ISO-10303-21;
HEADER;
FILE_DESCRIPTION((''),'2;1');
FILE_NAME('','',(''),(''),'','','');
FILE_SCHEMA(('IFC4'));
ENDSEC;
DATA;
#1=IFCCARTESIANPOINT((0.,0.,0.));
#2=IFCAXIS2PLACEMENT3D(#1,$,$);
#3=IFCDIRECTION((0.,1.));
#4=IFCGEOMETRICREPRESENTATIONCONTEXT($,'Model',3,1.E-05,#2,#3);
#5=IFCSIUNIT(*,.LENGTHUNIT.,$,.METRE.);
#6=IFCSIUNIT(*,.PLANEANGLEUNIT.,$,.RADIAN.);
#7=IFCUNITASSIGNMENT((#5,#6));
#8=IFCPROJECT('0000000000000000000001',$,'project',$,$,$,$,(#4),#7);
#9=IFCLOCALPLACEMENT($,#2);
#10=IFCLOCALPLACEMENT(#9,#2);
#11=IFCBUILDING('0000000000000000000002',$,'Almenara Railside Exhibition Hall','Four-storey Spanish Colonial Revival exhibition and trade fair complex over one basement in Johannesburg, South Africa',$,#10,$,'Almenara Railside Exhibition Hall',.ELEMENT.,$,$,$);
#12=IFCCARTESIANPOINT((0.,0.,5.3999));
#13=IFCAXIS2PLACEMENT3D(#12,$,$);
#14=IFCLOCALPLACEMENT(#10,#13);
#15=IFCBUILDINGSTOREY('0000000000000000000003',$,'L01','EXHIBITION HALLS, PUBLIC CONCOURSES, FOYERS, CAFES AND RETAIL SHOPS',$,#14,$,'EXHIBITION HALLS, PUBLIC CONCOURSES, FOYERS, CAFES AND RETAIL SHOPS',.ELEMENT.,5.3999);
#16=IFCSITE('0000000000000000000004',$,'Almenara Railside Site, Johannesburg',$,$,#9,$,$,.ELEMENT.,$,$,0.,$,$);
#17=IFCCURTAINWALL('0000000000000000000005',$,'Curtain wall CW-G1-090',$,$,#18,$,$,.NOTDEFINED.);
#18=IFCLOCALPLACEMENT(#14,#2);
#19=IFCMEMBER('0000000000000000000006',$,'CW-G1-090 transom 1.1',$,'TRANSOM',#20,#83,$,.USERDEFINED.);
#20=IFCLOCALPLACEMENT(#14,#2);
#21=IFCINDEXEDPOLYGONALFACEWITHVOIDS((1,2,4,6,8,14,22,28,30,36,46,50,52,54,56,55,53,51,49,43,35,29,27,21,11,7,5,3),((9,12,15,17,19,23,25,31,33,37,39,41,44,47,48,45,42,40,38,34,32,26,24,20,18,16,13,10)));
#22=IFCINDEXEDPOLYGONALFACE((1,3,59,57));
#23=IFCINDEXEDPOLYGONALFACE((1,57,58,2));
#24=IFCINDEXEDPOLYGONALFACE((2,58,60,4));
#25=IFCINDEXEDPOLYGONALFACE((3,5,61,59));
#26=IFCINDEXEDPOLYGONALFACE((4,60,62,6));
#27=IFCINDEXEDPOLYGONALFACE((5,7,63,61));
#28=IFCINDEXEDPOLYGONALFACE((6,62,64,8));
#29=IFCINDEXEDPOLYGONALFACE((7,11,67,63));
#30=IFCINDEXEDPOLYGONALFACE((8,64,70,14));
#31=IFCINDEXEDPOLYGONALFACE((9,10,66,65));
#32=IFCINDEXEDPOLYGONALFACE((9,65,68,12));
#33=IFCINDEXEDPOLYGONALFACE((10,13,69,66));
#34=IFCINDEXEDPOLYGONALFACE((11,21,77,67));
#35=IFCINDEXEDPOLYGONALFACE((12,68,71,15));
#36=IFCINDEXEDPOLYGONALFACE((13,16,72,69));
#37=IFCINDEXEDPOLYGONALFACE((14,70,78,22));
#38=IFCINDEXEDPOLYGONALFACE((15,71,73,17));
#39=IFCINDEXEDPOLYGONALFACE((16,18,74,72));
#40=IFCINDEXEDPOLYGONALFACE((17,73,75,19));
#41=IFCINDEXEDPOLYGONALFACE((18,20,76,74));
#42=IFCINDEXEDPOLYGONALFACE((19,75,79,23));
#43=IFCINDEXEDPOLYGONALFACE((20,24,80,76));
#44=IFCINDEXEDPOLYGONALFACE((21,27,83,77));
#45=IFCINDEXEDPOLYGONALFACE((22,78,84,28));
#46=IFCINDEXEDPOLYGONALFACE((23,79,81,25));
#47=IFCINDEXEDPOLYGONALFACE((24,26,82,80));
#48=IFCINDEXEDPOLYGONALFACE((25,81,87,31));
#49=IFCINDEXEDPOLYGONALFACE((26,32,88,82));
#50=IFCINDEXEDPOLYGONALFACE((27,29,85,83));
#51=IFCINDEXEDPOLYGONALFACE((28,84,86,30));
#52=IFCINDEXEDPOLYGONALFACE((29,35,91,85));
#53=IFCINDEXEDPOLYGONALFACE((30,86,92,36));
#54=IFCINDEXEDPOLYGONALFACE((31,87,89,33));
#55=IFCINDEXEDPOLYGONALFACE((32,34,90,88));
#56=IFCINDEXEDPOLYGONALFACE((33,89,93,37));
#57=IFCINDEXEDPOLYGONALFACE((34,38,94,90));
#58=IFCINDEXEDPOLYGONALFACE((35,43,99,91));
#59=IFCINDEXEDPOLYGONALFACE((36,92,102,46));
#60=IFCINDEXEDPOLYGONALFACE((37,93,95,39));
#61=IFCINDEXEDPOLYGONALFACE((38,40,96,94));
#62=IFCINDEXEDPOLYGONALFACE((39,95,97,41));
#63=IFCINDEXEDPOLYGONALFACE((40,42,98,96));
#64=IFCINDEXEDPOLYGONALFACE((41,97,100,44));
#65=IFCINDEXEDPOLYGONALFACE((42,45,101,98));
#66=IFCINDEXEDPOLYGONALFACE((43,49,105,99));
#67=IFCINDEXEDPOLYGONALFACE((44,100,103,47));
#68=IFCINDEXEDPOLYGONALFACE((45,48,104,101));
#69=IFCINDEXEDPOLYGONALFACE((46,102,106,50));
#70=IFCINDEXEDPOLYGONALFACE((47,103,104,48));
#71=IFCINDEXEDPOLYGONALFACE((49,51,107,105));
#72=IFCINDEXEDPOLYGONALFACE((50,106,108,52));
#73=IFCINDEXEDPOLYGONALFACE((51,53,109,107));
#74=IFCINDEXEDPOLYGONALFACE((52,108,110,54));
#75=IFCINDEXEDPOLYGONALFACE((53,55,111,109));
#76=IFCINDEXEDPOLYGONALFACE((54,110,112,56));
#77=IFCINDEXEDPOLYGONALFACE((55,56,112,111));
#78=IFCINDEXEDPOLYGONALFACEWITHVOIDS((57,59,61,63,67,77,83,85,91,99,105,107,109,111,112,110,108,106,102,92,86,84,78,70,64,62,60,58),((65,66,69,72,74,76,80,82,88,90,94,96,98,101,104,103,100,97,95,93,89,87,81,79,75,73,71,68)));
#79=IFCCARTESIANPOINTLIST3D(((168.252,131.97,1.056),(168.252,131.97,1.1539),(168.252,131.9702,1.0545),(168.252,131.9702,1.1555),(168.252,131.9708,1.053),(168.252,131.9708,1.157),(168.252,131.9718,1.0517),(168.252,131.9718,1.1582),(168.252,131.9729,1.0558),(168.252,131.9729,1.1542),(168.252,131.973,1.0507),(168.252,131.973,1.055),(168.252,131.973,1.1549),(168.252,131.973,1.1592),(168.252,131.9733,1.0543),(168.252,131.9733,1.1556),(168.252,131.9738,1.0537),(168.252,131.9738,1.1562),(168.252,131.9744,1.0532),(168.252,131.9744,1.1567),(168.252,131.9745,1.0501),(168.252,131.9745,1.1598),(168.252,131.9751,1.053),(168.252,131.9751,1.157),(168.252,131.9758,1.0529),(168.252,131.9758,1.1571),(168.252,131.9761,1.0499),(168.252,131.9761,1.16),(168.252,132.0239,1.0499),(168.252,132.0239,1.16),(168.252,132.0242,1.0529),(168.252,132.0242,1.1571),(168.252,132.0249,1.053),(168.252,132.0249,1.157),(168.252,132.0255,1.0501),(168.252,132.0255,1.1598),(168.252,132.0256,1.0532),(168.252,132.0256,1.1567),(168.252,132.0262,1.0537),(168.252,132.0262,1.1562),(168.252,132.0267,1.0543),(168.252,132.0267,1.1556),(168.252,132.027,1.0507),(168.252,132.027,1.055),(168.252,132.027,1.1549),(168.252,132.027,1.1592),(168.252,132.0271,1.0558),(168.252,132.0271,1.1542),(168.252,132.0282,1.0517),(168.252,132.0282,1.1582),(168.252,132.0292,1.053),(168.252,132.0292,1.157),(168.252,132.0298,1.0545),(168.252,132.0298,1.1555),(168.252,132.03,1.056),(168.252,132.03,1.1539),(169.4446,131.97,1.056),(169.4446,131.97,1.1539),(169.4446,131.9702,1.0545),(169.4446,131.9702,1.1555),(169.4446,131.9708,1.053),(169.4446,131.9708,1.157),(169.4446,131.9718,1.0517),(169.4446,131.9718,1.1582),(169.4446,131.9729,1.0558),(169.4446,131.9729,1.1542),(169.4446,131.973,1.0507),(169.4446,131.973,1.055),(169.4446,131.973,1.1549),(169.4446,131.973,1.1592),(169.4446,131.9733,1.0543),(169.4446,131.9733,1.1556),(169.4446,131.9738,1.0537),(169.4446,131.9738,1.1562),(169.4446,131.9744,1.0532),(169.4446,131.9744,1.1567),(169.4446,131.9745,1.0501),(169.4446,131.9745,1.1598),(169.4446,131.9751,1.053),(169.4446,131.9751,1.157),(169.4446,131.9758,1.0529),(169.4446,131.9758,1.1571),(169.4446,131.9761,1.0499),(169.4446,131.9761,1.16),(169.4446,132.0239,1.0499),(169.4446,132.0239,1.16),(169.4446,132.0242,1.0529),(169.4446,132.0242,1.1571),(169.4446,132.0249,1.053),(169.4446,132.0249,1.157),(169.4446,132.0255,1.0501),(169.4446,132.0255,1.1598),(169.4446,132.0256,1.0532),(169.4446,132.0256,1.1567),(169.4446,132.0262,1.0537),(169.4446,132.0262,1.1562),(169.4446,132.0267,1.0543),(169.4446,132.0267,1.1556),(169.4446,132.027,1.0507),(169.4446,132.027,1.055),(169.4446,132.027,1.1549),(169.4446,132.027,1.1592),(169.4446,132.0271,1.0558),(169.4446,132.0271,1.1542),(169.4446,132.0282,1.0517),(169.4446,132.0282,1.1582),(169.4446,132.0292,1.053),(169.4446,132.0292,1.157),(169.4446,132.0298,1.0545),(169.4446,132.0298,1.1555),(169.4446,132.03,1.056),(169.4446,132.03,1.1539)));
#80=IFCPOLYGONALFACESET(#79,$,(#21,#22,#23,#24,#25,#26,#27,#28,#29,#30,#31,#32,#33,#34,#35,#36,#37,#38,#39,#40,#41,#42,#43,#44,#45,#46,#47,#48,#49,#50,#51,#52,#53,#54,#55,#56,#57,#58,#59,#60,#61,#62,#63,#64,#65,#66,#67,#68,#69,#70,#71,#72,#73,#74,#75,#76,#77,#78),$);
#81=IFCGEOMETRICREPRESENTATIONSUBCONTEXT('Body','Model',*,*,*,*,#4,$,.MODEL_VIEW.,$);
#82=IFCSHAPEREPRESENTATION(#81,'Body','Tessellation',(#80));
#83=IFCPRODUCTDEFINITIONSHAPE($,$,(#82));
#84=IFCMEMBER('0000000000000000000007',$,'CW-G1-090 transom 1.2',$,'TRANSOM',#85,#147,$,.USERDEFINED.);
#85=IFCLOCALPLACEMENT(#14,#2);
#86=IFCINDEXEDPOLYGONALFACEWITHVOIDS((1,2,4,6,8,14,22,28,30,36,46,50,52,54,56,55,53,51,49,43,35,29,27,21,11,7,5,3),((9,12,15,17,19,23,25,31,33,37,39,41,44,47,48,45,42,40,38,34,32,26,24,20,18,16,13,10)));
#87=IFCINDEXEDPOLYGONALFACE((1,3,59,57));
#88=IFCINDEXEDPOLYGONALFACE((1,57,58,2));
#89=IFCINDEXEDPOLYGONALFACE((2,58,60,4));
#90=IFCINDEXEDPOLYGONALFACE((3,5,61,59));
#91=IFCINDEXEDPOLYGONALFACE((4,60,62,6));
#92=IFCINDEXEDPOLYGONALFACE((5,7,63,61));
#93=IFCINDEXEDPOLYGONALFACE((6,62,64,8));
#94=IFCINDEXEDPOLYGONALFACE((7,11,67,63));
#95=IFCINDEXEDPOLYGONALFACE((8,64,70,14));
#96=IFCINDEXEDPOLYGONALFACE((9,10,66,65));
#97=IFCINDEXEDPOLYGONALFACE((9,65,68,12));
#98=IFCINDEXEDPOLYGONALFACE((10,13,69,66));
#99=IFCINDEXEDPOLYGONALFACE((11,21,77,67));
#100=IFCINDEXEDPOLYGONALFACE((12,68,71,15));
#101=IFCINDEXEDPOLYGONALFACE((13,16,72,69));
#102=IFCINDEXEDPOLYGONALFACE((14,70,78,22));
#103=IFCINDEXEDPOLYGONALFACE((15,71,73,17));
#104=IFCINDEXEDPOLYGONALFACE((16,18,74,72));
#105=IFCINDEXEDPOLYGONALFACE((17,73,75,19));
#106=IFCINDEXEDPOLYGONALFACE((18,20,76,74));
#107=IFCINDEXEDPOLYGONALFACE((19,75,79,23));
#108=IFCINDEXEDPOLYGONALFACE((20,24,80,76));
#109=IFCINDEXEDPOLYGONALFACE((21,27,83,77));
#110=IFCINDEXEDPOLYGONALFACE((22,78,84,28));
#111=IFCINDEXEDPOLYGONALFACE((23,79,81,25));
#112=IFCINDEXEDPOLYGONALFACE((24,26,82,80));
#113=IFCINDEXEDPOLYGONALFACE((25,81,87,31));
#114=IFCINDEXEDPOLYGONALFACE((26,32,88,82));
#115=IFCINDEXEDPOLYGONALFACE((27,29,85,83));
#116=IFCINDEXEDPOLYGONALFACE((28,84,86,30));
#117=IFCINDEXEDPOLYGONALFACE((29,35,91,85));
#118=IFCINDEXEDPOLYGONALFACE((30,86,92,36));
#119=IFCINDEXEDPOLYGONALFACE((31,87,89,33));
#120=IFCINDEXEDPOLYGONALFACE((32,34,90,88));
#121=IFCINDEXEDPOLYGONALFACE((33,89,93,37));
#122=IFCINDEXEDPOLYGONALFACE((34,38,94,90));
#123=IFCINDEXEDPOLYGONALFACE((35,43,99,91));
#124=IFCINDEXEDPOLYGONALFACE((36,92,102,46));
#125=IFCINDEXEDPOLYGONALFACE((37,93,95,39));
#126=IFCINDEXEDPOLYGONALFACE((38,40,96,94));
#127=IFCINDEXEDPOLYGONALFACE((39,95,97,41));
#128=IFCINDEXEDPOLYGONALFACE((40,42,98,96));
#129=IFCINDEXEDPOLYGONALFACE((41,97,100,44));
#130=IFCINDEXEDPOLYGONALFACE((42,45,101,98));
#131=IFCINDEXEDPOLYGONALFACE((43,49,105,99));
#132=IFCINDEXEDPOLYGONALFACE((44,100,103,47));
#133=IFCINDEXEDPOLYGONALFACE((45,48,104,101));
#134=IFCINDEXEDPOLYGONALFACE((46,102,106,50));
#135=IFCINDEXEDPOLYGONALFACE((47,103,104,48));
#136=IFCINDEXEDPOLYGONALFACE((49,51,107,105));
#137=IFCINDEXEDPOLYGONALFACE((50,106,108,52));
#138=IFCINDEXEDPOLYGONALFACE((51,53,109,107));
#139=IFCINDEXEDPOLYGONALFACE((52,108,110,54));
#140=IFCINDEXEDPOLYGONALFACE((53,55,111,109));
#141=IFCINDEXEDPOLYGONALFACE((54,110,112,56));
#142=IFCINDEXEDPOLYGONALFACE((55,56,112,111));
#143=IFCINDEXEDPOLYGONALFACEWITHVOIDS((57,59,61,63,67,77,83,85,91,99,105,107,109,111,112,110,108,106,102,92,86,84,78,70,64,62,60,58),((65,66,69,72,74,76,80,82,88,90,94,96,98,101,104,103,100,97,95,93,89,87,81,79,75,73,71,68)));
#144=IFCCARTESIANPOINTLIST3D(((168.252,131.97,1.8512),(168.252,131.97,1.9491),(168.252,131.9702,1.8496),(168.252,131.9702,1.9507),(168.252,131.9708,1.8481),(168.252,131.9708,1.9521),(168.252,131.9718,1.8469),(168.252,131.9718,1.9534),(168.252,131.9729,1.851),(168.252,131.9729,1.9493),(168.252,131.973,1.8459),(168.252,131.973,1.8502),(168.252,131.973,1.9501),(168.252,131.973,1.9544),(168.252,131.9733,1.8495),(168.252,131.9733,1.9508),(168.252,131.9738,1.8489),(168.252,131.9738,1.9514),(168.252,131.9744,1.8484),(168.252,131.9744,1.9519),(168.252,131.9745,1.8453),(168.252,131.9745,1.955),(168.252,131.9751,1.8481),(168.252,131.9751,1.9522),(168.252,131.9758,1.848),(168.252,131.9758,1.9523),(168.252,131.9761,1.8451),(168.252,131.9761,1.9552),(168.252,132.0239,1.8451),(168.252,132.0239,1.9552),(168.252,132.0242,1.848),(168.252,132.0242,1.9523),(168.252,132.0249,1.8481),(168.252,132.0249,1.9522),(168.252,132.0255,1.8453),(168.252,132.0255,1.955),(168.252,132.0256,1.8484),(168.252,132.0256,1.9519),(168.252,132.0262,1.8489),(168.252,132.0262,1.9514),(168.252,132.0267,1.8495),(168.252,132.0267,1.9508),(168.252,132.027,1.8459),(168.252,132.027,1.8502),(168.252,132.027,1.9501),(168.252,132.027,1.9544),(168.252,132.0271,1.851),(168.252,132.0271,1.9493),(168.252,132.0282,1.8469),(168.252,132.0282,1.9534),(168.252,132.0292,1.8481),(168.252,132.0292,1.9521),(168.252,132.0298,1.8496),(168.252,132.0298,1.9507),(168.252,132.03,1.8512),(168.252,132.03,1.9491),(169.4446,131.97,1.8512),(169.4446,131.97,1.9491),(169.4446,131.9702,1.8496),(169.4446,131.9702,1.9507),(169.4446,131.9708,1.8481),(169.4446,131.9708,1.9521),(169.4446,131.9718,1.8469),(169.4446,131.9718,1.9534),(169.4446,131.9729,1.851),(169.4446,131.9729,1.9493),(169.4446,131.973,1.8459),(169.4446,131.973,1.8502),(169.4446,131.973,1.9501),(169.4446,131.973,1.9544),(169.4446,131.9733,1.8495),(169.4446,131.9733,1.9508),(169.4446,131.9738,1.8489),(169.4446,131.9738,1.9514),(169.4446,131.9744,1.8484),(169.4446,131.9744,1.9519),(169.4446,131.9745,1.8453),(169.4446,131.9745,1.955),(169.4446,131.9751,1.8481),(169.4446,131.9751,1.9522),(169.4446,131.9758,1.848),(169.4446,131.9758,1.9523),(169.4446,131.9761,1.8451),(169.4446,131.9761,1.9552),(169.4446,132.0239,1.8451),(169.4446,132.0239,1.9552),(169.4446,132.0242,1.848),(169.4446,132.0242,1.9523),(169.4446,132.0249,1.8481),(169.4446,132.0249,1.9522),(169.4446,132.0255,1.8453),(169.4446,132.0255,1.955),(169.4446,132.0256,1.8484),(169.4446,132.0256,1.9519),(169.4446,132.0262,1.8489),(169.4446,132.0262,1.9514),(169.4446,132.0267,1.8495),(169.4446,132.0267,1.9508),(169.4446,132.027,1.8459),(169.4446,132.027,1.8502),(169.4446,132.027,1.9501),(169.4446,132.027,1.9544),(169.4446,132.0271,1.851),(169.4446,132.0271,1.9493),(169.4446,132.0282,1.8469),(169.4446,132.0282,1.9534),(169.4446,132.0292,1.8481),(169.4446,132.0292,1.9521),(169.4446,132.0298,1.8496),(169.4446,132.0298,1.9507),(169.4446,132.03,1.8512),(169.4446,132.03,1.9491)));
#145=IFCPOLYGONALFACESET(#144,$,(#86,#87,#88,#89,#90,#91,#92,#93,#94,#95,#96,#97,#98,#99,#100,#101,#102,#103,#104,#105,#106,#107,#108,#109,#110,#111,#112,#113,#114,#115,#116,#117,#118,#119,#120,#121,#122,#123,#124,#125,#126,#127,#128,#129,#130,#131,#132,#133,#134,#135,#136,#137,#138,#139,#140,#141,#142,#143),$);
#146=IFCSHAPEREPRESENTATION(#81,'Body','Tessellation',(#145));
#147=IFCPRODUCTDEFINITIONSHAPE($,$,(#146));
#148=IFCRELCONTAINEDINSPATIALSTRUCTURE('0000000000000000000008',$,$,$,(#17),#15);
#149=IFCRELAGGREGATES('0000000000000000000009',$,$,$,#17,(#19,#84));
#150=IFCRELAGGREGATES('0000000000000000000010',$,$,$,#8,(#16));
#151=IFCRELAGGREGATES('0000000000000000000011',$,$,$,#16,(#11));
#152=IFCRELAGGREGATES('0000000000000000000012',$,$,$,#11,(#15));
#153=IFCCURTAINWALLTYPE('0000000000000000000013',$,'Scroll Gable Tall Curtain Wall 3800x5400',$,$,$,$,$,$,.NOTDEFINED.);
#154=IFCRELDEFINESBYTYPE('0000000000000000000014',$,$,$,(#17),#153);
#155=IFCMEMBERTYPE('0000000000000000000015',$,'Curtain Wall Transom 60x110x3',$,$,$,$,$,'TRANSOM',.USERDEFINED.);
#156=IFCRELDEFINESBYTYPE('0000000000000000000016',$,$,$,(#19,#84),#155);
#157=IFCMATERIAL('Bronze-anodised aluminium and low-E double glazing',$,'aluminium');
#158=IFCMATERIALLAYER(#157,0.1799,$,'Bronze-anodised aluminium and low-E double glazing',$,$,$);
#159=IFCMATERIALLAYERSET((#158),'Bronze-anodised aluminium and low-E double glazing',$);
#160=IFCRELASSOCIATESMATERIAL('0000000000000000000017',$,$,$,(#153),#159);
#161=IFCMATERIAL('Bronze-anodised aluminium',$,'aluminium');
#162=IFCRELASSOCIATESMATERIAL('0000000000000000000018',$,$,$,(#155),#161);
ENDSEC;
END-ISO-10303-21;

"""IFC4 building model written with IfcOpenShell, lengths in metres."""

from ifc_helpers import new_model, si_unit, direction, frame, origin, origin_2d, place, context, subcontext, project, spatial, hollow_rectangle, extrude, material, layer, layer_set, material_profile, profile_set, type_object, element, aggregate, save


model = new_model("IFC4")

# Units and contexts
model_context = context("Model", 3, precision=1e-05, world=origin(), true_north=direction((0.0, 1.0)))
body_context = subcontext(model_context, "Body", "Model", "MODEL_VIEW")
ifc_project = project(units=[si_unit("LENGTHUNIT", "METRE"), si_unit("PLANEANGLEUNIT", "RADIAN")], contexts=[model_context])

# Site, building, storey
site_placement = place(None, origin())
site = spatial("IfcSite", under=ifc_project, at=site_placement, Name="Almenara Railside Site, Johannesburg", CompositionType="ELEMENT", RefElevation=0.0)
building_placement = place(site_placement, origin())
building = spatial("IfcBuilding", under=site, at=building_placement, Name="Almenara Railside Exhibition Hall", Description="Four-storey Spanish Colonial Revival exhibition and trade fair complex over one basement in Johannesburg, South Africa", LongName="Almenara Railside Exhibition Hall", CompositionType="ELEMENT")
storey_placement = place(building_placement, frame((0.0, 0.0, 5.3999)))
storey = spatial("IfcBuildingStorey", under=building, at=storey_placement, Name="L01", Description="EXHIBITION HALLS, PUBLIC CONCOURSES, FOYERS, CAFES AND RETAIL SHOPS", LongName="EXHIBITION HALLS, PUBLIC CONCOURSES, FOYERS, CAFES AND RETAIL SHOPS", CompositionType="ELEMENT", Elevation=5.3999)

# Curtain wall
ifc_material_1 = material(Name="Bronze-anodised aluminium and low-E double glazing", Category="aluminium")
ifc_layer_1 = layer(ifc_material_1, 0.1799, Name="Bronze-anodised aluminium and low-E double glazing")
ifc_layer_set_1 = layer_set([ifc_layer_1], Name="Bronze-anodised aluminium and low-E double glazing")
curtain_wall_type = type_object("IfcCurtainWallType", Name="Scroll Gable Tall Curtain Wall 3800x5400", PredefinedType="NOTDEFINED", material=ifc_layer_set_1)
curtain_wall_1_placement = place(storey_placement, origin())
curtain_wall_1 = element("IfcCurtainWall", 1, at=curtain_wall_1_placement, inside=storey, type_object=curtain_wall_type, Name="Curtain wall CW-G1-090", PredefinedType="NOTDEFINED")
ifc_material_2 = material(Name="Bronze-anodised aluminium", Category="aluminium")

# Members
ifc_material_profile_1 = material_profile(ifc_material_2, hollow_rectangle(XDim=0.0601, YDim=0.1101, WallThickness=0.0029, InnerFilletRadius=0.0029, OuterFilletRadius=0.0061, at=origin_2d()), Name="ALU-TRN 60x110x3")
ifc_profile_set_1 = profile_set([ifc_material_profile_1], Name="Bronze-anodised aluminium")
member_type_1 = type_object("IfcMemberType", Name="Curtain Wall Transom 60x110x3", ElementType="TRANSOM", PredefinedType="USERDEFINED", material=ifc_profile_set_1)
member_1_placement = place(storey_placement, frame((168.252, 132.0, 1.105), z_axis=(1.0, 0.0, 0.0), x_axis=(0.0, 1.0, 0.0)))
member_1 = element("IfcMember", 2, at=member_1_placement, type_object=member_type_1, Name="CW-G1-090 transom 1.1", ObjectType="TRANSOM", PredefinedType="USERDEFINED", context=body_context, shape_type="SweptSolid", body=[
    extrude(hollow_rectangle(XDim=0.0601, YDim=0.1101, WallThickness=0.0029, InnerFilletRadius=0.0029, OuterFilletRadius=0.0061, at=origin_2d()), origin(), (0.0, 0.0, 1.0), 1.1926),
])
member_2_placement = place(storey_placement, frame((168.252, 132.0, 1.9001), z_axis=(1.0, 0.0, 0.0), x_axis=(0.0, 1.0, 0.0)))
member_2 = element("IfcMember", 3, at=member_2_placement, type_object=member_type_1, Name="CW-G1-090 transom 1.2", ObjectType="TRANSOM", PredefinedType="USERDEFINED", context=body_context, shape_type="SweptSolid", body=[
    extrude(hollow_rectangle(XDim=0.0601, YDim=0.1101, WallThickness=0.0029, InnerFilletRadius=0.0029, OuterFilletRadius=0.0061, at=origin_2d()), origin(), (0.0, 0.0, 1.0), 1.1926),
])
aggregate(curtain_wall_1, [member_1, member_2])

save(model, "model.ifc")
